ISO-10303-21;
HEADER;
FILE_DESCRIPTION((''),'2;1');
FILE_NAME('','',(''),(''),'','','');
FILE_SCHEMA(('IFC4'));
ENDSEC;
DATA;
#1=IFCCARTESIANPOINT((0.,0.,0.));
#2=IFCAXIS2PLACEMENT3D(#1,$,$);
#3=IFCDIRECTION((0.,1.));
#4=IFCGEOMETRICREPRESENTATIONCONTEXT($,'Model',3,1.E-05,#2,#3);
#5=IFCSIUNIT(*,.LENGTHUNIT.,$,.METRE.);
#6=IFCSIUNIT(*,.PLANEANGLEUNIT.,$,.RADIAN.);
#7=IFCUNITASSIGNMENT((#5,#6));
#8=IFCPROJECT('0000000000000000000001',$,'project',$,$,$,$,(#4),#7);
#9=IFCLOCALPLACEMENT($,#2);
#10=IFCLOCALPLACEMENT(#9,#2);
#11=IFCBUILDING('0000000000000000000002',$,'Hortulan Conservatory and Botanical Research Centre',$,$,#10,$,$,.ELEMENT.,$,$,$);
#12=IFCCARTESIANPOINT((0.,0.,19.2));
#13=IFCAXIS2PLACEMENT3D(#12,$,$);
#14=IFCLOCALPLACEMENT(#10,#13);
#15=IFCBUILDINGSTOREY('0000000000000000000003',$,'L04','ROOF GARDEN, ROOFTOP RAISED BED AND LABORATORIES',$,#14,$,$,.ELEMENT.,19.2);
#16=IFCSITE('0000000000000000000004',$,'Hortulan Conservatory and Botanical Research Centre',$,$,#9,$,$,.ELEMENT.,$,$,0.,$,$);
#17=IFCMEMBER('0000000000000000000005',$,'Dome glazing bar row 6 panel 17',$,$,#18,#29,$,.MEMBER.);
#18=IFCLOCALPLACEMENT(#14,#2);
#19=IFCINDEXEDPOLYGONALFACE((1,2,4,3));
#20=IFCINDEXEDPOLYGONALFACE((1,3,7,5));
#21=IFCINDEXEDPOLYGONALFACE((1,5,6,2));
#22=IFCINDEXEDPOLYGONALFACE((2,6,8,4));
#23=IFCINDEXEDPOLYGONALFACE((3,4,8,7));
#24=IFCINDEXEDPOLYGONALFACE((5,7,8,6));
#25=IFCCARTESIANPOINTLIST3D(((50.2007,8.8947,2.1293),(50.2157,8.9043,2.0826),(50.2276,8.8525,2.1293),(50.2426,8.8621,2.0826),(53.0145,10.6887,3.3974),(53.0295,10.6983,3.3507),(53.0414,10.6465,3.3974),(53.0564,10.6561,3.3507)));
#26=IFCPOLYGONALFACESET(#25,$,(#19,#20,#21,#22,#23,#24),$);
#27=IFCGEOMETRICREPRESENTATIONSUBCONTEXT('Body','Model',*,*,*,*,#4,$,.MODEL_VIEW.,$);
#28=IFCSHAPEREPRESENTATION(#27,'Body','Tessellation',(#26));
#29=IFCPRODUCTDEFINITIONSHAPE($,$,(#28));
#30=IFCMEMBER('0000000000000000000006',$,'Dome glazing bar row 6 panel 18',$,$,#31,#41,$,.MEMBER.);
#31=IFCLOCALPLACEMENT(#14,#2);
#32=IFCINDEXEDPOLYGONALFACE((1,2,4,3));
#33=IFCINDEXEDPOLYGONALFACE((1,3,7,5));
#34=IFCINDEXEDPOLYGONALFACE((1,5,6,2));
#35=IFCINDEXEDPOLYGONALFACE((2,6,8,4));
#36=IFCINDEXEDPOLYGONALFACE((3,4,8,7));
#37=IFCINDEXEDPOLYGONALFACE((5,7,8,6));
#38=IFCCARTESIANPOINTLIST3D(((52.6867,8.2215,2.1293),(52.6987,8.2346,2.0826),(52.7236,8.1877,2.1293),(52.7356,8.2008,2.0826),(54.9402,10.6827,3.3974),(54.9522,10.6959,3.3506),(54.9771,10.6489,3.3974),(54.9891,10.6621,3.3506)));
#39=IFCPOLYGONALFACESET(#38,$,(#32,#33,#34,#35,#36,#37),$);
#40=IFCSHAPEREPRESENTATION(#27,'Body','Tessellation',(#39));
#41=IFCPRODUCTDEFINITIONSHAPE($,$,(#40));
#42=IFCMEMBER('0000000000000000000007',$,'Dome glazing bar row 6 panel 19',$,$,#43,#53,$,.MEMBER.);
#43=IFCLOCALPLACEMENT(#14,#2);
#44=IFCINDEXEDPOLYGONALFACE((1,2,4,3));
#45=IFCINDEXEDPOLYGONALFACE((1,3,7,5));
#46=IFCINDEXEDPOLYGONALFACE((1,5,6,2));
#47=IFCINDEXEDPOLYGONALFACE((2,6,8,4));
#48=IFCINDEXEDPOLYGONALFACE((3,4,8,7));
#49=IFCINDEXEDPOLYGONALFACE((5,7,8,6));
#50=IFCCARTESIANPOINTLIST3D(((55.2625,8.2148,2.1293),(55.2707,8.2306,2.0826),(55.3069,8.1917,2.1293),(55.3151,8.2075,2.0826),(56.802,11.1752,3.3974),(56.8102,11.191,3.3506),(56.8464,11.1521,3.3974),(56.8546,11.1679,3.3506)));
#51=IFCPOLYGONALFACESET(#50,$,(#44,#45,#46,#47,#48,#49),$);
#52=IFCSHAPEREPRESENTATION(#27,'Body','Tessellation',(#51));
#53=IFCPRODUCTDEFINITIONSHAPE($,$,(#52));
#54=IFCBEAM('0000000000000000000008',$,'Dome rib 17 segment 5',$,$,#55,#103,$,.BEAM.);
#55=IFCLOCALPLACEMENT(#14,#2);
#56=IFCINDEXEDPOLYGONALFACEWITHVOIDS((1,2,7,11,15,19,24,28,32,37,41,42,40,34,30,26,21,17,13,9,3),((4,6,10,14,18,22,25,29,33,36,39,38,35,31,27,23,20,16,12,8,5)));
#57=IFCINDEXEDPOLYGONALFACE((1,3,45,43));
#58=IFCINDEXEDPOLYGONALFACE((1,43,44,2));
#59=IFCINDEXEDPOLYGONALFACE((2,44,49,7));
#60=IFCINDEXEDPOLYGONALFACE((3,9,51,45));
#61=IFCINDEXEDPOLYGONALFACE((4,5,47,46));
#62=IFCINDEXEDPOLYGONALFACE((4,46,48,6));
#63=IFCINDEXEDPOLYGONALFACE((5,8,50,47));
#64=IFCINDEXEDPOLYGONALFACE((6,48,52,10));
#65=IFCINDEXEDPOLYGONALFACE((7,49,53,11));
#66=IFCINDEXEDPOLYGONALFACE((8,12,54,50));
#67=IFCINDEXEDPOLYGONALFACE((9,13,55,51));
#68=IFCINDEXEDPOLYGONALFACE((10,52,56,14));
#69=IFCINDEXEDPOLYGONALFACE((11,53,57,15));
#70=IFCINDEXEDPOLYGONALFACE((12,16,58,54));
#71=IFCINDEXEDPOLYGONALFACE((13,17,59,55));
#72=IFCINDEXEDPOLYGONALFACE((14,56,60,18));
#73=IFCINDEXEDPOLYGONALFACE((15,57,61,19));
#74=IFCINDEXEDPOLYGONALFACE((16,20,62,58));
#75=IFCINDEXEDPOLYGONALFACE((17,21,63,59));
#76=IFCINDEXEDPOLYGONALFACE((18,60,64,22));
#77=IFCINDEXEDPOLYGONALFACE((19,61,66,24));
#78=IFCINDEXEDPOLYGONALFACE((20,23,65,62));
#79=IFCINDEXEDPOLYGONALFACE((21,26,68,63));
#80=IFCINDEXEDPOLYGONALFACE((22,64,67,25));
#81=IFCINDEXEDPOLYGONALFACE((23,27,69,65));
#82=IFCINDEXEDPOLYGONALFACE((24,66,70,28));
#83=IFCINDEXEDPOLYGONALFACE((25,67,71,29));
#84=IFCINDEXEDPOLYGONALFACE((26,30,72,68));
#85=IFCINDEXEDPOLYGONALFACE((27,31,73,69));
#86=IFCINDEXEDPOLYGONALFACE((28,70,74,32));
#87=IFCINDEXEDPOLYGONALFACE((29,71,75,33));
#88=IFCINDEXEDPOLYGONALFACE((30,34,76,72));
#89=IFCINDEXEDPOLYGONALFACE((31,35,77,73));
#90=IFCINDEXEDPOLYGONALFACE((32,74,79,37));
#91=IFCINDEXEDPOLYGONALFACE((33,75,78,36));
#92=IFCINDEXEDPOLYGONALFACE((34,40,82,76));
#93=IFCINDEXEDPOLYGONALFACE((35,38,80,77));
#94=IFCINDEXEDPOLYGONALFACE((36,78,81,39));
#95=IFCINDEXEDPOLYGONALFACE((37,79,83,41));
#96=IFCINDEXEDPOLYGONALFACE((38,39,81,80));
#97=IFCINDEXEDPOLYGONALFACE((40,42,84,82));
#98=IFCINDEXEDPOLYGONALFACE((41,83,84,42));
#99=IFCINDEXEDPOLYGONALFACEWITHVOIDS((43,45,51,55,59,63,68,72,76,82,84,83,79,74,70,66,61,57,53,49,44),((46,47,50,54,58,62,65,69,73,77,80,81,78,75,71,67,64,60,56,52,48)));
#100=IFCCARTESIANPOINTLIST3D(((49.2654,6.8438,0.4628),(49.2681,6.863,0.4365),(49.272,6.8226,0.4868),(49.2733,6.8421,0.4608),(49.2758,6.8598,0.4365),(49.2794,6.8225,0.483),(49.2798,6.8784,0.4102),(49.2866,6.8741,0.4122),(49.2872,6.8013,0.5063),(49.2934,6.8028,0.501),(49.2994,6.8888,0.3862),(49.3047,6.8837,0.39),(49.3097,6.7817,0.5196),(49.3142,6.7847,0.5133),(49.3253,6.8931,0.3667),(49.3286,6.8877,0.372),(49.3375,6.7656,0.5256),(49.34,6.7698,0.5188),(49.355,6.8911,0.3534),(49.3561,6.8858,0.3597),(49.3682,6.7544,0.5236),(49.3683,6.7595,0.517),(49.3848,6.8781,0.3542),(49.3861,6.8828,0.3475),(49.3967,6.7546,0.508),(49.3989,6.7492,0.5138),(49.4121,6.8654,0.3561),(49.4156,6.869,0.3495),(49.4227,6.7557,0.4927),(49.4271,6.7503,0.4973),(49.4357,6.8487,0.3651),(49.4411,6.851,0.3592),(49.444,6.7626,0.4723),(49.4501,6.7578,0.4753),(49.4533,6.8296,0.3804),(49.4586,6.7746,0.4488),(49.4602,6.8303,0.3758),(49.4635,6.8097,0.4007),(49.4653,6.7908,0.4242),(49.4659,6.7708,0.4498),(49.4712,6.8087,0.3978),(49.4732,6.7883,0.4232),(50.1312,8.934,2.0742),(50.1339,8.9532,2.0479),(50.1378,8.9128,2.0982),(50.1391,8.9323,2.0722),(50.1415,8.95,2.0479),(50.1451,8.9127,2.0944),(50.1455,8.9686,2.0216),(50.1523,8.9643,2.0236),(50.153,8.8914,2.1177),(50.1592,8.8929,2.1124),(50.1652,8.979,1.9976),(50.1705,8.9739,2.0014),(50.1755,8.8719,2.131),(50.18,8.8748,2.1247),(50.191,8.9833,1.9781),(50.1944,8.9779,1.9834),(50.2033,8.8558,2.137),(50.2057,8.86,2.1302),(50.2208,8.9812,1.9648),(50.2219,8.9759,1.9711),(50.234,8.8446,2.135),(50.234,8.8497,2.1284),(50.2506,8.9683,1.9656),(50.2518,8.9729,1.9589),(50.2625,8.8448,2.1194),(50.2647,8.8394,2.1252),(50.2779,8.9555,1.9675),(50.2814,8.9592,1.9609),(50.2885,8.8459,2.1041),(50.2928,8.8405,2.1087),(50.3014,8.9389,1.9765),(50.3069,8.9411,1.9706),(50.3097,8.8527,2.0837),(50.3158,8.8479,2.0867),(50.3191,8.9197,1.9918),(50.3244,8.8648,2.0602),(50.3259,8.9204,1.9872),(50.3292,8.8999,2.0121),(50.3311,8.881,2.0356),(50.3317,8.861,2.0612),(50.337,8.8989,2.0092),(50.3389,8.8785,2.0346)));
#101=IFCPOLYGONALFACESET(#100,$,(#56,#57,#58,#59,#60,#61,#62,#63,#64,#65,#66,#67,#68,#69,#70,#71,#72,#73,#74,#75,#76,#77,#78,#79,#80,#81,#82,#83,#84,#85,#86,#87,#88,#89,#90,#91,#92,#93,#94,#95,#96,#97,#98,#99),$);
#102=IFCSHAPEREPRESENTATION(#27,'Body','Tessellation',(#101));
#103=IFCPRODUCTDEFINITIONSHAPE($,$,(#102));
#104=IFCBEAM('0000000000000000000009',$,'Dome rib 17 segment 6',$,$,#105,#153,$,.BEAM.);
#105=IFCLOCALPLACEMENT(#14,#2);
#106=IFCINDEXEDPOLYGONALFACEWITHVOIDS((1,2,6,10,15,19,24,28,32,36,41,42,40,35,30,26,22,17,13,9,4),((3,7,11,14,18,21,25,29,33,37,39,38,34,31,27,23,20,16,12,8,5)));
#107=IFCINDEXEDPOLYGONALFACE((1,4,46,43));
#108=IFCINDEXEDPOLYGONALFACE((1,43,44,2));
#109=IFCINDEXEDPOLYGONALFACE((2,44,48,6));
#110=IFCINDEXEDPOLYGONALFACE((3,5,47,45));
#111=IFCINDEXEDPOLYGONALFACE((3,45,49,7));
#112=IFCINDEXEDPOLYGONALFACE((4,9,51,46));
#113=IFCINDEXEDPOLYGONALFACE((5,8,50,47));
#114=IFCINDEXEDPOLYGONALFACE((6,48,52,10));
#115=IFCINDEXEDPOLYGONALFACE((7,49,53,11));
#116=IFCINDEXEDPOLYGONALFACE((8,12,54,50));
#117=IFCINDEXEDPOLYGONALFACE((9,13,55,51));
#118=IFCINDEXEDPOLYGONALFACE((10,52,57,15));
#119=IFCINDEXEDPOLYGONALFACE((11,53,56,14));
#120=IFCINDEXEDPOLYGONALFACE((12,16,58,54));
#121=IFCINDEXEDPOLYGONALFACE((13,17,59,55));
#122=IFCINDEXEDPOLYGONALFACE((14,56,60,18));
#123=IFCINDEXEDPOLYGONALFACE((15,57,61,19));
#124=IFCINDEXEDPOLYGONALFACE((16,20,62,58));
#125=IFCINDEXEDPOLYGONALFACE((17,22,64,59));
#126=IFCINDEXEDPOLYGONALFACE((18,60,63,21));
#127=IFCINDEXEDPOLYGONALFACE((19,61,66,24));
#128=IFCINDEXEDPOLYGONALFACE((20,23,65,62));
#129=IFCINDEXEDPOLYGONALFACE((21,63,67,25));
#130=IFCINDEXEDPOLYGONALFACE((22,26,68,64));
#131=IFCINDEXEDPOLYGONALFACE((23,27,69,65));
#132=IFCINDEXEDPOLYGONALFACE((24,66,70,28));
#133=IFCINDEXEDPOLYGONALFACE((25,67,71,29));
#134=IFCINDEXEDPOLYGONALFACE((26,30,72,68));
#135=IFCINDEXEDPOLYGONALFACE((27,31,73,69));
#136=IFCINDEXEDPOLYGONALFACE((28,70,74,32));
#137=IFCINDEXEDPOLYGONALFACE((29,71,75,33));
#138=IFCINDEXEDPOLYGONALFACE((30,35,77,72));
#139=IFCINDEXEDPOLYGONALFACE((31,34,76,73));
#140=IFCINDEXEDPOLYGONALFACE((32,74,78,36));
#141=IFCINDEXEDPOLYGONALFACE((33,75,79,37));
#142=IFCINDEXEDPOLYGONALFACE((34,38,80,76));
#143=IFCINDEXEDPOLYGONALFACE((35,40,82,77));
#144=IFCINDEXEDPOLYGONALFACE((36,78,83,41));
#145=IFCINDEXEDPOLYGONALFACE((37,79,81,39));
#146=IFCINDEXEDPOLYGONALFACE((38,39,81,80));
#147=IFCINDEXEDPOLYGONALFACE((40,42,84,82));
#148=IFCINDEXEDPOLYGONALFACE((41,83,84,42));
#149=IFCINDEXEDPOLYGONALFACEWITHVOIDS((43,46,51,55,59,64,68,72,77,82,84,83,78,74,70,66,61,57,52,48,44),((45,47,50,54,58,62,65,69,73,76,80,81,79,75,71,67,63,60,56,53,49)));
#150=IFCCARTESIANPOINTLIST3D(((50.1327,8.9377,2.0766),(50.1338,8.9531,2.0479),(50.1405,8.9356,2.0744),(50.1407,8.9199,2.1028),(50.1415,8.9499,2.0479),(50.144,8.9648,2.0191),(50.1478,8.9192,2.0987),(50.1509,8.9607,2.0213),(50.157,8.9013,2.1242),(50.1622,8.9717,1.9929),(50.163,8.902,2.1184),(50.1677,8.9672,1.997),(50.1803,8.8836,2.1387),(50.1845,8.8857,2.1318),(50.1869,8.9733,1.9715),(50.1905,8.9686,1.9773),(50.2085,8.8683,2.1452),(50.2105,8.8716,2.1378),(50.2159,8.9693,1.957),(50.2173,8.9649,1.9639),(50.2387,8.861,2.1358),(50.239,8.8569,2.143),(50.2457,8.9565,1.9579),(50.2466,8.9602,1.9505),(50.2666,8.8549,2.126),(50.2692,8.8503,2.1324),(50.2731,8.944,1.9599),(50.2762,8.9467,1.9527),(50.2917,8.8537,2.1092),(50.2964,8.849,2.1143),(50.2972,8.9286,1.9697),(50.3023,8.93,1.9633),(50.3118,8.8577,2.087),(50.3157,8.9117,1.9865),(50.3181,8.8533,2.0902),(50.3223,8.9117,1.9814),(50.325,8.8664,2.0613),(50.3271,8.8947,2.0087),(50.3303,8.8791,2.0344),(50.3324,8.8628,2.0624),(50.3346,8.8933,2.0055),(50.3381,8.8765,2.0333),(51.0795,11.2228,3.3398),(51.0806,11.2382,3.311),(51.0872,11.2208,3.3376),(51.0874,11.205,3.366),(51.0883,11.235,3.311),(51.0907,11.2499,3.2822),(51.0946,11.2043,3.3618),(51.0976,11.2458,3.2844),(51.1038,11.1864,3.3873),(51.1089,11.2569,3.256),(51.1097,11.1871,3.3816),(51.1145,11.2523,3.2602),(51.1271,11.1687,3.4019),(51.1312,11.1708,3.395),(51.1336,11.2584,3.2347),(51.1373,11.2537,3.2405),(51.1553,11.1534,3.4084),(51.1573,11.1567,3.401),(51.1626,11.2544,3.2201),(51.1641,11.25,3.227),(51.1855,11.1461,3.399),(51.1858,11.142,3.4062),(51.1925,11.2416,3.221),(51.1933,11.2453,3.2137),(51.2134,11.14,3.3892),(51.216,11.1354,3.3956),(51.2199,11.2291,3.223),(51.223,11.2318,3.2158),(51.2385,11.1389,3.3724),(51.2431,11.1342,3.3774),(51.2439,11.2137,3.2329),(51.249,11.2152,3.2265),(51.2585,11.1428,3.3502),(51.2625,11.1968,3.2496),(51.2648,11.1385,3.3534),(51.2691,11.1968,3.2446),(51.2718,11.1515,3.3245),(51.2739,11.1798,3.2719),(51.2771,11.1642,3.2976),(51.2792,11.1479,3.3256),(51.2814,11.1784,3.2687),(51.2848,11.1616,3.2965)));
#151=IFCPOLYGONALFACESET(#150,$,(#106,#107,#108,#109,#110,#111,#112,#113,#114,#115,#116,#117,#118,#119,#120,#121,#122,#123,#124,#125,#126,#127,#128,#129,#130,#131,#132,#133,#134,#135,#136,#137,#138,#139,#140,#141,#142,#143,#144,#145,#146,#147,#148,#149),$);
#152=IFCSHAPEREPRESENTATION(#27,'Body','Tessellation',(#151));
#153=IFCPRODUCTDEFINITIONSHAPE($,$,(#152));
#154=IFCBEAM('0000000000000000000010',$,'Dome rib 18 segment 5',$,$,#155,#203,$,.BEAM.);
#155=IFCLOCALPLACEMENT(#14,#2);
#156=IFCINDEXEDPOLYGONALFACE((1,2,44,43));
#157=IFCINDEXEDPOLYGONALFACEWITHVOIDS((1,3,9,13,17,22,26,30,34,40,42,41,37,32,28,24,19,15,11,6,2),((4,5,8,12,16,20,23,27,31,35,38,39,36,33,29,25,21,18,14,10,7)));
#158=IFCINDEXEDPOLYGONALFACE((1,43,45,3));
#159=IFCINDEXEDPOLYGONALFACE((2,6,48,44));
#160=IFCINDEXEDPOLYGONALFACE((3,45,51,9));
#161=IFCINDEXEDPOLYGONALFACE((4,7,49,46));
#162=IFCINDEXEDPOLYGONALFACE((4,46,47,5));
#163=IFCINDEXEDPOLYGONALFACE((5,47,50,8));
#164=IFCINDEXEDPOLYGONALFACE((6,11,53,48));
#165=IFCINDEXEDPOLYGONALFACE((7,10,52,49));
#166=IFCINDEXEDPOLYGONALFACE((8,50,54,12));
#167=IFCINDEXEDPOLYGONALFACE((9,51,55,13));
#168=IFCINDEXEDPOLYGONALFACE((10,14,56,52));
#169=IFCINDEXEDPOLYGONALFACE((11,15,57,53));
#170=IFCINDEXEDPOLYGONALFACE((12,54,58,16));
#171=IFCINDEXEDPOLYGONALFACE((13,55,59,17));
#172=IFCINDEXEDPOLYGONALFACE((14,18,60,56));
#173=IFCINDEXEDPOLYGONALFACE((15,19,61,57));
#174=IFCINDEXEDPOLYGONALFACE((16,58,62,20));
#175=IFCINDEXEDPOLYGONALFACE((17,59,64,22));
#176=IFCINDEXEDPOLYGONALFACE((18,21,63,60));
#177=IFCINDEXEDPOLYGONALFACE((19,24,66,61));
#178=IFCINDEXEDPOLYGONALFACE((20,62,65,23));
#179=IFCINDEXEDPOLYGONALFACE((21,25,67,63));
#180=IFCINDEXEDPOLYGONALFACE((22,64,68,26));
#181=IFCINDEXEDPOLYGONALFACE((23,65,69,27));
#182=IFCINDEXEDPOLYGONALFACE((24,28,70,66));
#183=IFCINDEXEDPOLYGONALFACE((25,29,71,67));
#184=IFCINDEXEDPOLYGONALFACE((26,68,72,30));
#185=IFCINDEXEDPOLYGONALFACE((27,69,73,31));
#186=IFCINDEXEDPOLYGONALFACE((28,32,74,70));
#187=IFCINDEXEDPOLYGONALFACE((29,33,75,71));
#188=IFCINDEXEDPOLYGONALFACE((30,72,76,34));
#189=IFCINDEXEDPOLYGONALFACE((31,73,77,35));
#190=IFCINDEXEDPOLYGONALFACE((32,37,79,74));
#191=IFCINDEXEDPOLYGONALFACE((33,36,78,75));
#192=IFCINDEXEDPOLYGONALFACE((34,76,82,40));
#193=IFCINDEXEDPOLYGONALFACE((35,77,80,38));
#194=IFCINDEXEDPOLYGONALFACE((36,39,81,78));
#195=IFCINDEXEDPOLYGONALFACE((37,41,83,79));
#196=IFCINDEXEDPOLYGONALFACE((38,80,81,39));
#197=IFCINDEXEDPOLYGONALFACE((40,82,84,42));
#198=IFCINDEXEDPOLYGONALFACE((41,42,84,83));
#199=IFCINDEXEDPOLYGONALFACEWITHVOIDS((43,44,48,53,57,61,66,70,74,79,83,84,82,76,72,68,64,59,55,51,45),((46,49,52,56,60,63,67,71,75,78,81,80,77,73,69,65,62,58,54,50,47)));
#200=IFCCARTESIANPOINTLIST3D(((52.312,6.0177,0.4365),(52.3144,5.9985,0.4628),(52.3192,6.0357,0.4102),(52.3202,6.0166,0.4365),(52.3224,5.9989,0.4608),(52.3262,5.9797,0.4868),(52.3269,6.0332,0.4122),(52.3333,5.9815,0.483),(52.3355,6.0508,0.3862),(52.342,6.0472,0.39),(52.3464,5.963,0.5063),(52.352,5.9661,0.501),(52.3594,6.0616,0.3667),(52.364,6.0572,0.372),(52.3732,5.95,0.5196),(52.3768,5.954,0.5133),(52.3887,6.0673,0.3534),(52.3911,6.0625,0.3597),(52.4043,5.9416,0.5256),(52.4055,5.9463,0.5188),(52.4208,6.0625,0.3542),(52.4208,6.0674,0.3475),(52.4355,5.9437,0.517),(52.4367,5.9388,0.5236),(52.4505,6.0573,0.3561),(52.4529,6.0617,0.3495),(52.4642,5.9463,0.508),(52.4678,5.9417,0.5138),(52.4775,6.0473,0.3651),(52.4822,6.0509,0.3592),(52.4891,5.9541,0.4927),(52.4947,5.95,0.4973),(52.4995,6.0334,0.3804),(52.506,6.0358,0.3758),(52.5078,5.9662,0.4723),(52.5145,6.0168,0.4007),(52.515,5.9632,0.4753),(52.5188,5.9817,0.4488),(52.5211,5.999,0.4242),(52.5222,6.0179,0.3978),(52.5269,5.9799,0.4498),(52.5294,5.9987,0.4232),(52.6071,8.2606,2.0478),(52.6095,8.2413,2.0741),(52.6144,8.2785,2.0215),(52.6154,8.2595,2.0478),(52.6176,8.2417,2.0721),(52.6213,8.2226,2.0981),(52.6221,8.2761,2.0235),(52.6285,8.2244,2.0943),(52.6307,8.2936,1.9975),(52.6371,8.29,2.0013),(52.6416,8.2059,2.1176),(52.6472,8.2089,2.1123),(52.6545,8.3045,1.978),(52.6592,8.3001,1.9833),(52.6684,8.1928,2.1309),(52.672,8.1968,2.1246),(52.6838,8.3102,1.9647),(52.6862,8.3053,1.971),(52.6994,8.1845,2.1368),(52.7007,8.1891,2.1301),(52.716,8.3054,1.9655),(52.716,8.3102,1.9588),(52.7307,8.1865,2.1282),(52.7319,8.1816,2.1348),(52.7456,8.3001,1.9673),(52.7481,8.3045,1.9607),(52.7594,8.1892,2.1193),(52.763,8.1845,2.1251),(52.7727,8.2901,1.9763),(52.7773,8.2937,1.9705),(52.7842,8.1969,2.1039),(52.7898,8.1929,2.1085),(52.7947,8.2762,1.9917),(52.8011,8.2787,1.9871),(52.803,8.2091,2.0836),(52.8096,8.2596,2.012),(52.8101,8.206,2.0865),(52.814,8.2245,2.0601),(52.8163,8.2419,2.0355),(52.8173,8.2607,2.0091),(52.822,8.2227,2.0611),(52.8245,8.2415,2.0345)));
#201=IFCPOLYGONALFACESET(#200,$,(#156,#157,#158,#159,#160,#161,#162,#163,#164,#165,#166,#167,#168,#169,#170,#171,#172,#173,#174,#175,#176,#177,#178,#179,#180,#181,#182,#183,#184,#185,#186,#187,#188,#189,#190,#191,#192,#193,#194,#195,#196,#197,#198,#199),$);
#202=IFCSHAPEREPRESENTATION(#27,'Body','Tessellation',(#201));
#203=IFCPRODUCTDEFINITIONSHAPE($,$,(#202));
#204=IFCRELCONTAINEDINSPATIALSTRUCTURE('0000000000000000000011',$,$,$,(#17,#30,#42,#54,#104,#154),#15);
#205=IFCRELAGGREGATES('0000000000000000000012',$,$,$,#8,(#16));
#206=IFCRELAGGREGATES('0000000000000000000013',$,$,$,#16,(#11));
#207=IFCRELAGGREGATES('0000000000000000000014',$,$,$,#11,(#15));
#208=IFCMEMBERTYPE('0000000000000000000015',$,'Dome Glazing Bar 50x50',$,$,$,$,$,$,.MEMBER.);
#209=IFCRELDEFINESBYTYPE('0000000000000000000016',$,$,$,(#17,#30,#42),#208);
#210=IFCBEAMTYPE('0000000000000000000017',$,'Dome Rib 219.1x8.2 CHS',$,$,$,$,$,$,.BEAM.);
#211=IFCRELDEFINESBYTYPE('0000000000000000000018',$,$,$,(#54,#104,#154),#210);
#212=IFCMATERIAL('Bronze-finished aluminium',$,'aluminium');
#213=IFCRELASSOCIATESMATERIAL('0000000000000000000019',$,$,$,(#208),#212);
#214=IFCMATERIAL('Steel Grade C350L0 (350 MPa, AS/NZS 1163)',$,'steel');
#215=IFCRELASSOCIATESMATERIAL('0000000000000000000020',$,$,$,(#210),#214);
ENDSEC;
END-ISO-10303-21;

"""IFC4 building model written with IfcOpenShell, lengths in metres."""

from ifc_helpers import new_model, si_unit, direction, frame, origin, origin_2d, place, context, subcontext, project, spatial, rectangle, hollow_circle, extrude, material, material_profile, profile_set, type_object, element, save


model = new_model("IFC4")

# Units and contexts
model_context = context("Model", 3, precision=1e-05, world=origin(), true_north=direction((0.0, 1.0)))
body_context = subcontext(model_context, "Body", "Model", "MODEL_VIEW")
ifc_project = project(units=[si_unit("LENGTHUNIT", "METRE"), si_unit("PLANEANGLEUNIT", "RADIAN")], contexts=[model_context])

# Site, building, storey
site_placement = place(None, origin())
site = spatial("IfcSite", under=ifc_project, at=site_placement, Name="Hortulan Conservatory and Botanical Research Centre", CompositionType="ELEMENT", RefElevation=0.0)
building_placement = place(site_placement, origin())
building = spatial("IfcBuilding", under=site, at=building_placement, Name="Hortulan Conservatory and Botanical Research Centre", CompositionType="ELEMENT")
storey_placement = place(building_placement, frame((0.0, 0.0, 19.2)))
storey = spatial("IfcBuildingStorey", under=building, at=storey_placement, Name="L04", Description="ROOF GARDEN, ROOFTOP RAISED BED AND LABORATORIES", CompositionType="ELEMENT", Elevation=19.2)

# Members
ifc_material_1 = material(Name="Bronze-finished aluminium", Category="aluminium")
ifc_material_profile_1 = material_profile(ifc_material_1, rectangle(XDim=0.05, YDim=0.05, at=origin_2d()), Name="Square bar 50x50")
ifc_profile_set_1 = profile_set([ifc_material_profile_1], Name="Bronze-finished aluminium")
member_type_1 = type_object("IfcMemberType", Name="Dome Glazing Bar 50x50", PredefinedType="MEMBER", material=ifc_profile_set_1)
for number, where, z_axis, x_axis, name in (
    (1, (50.2217, 8.8784, 2.106), (0.788208, 0.502538, 0.355224), (-0.5376, 0.8432, 0.0), "Dome glazing bar row 6 panel 17"),
    (2, (52.7112, 8.2112, 2.106), (0.631249, 0.68945, 0.355223), (-0.737552, 0.675291, 0.0), "Dome glazing bar row 6 panel 18"),
):
    element("IfcMember", number, at=place(storey_placement, frame(where, z_axis=z_axis, x_axis=x_axis)), inside=storey, type_object=member_type_1, Name=name, PredefinedType="MEMBER", context=body_context, shape_type="SweptSolid", body=[
        extrude(rectangle(XDim=0.05, YDim=0.05, at=origin_2d()), origin(), (0.0, 0.0, 1.0), 3.5698),
    ])
member_1_placement = place(storey_placement, frame((55.2888, 8.2112, 2.106), z_axis=(0.431288, 0.829337, 0.355235), x_axis=(-0.887202, 0.46138, 0.0)))
element("IfcMember", 3, at=member_1_placement, inside=storey, type_object=member_type_1, Name="Dome glazing bar row 6 panel 19", PredefinedType="MEMBER", context=body_context, shape_type="SweptSolid", body=[
    extrude(rectangle(XDim=0.05, YDim=0.05, at=origin_2d()), origin(), (0.0, 0.0, 1.0), 3.5696),
])

# Beams
ifc_material_2 = material(Name="Steel Grade C350L0 (350 MPa, AS/NZS 1163)", Category="steel")
ifc_material_profile_2 = material_profile(ifc_material_2, hollow_circle(Radius=0.1096, WallThickness=0.0083, at=origin_2d()), Name="219.1x8.2CHS")
ifc_profile_set_2 = profile_set([ifc_material_profile_2], Name="Steel Grade C350L0 (350 MPa, AS/NZS 1163)")
beam_type = type_object("IfcBeamType", Name="Dome Rib 219.1x8.2 CHS", PredefinedType="BEAM", material=ifc_profile_set_2)
beam_placement = place(storey_placement, frame((49.3694, 6.821, 0.4365), z_axis=(0.311695, 0.752516, 0.580143), x_axis=(-0.923883, 0.382676, 0.0)))
element("IfcBeam", 4, at=beam_placement, inside=storey, type_object=beam_type, Name="Dome rib 17 segment 5", PredefinedType="BEAM", context=body_context, shape_type="SweptSolid", body=[
    extrude(hollow_circle(Radius=0.1096, WallThickness=0.0083, at=origin_2d()), origin(), (0.0, 0.0, 1.0), 2.7776),
])
for number, where, z_axis, x_axis, name in (
    (5, (50.2351, 8.9111, 2.0479), (0.340886, 0.822768, 0.454808), (-0.923846, 0.382764, 0.0), "Dome rib 17 segment 6"),
    (6, (52.4207, 6.0034, 0.4365), (0.106273, 0.807548, 0.580148), (-0.991452, 0.130474, 0.0), "Dome rib 18 segment 5"),
):
    element("IfcBeam", number, at=place(storey_placement, frame(where, z_axis=z_axis, x_axis=x_axis)), inside=storey, type_object=beam_type, Name=name, PredefinedType="BEAM", context=body_context, shape_type="SweptSolid", body=[
        extrude(hollow_circle(Radius=0.1096, WallThickness=0.0083, at=origin_2d()), origin(), (0.0, 0.0, 1.0), 2.7773),
    ])

save(model, "model.ifc")
